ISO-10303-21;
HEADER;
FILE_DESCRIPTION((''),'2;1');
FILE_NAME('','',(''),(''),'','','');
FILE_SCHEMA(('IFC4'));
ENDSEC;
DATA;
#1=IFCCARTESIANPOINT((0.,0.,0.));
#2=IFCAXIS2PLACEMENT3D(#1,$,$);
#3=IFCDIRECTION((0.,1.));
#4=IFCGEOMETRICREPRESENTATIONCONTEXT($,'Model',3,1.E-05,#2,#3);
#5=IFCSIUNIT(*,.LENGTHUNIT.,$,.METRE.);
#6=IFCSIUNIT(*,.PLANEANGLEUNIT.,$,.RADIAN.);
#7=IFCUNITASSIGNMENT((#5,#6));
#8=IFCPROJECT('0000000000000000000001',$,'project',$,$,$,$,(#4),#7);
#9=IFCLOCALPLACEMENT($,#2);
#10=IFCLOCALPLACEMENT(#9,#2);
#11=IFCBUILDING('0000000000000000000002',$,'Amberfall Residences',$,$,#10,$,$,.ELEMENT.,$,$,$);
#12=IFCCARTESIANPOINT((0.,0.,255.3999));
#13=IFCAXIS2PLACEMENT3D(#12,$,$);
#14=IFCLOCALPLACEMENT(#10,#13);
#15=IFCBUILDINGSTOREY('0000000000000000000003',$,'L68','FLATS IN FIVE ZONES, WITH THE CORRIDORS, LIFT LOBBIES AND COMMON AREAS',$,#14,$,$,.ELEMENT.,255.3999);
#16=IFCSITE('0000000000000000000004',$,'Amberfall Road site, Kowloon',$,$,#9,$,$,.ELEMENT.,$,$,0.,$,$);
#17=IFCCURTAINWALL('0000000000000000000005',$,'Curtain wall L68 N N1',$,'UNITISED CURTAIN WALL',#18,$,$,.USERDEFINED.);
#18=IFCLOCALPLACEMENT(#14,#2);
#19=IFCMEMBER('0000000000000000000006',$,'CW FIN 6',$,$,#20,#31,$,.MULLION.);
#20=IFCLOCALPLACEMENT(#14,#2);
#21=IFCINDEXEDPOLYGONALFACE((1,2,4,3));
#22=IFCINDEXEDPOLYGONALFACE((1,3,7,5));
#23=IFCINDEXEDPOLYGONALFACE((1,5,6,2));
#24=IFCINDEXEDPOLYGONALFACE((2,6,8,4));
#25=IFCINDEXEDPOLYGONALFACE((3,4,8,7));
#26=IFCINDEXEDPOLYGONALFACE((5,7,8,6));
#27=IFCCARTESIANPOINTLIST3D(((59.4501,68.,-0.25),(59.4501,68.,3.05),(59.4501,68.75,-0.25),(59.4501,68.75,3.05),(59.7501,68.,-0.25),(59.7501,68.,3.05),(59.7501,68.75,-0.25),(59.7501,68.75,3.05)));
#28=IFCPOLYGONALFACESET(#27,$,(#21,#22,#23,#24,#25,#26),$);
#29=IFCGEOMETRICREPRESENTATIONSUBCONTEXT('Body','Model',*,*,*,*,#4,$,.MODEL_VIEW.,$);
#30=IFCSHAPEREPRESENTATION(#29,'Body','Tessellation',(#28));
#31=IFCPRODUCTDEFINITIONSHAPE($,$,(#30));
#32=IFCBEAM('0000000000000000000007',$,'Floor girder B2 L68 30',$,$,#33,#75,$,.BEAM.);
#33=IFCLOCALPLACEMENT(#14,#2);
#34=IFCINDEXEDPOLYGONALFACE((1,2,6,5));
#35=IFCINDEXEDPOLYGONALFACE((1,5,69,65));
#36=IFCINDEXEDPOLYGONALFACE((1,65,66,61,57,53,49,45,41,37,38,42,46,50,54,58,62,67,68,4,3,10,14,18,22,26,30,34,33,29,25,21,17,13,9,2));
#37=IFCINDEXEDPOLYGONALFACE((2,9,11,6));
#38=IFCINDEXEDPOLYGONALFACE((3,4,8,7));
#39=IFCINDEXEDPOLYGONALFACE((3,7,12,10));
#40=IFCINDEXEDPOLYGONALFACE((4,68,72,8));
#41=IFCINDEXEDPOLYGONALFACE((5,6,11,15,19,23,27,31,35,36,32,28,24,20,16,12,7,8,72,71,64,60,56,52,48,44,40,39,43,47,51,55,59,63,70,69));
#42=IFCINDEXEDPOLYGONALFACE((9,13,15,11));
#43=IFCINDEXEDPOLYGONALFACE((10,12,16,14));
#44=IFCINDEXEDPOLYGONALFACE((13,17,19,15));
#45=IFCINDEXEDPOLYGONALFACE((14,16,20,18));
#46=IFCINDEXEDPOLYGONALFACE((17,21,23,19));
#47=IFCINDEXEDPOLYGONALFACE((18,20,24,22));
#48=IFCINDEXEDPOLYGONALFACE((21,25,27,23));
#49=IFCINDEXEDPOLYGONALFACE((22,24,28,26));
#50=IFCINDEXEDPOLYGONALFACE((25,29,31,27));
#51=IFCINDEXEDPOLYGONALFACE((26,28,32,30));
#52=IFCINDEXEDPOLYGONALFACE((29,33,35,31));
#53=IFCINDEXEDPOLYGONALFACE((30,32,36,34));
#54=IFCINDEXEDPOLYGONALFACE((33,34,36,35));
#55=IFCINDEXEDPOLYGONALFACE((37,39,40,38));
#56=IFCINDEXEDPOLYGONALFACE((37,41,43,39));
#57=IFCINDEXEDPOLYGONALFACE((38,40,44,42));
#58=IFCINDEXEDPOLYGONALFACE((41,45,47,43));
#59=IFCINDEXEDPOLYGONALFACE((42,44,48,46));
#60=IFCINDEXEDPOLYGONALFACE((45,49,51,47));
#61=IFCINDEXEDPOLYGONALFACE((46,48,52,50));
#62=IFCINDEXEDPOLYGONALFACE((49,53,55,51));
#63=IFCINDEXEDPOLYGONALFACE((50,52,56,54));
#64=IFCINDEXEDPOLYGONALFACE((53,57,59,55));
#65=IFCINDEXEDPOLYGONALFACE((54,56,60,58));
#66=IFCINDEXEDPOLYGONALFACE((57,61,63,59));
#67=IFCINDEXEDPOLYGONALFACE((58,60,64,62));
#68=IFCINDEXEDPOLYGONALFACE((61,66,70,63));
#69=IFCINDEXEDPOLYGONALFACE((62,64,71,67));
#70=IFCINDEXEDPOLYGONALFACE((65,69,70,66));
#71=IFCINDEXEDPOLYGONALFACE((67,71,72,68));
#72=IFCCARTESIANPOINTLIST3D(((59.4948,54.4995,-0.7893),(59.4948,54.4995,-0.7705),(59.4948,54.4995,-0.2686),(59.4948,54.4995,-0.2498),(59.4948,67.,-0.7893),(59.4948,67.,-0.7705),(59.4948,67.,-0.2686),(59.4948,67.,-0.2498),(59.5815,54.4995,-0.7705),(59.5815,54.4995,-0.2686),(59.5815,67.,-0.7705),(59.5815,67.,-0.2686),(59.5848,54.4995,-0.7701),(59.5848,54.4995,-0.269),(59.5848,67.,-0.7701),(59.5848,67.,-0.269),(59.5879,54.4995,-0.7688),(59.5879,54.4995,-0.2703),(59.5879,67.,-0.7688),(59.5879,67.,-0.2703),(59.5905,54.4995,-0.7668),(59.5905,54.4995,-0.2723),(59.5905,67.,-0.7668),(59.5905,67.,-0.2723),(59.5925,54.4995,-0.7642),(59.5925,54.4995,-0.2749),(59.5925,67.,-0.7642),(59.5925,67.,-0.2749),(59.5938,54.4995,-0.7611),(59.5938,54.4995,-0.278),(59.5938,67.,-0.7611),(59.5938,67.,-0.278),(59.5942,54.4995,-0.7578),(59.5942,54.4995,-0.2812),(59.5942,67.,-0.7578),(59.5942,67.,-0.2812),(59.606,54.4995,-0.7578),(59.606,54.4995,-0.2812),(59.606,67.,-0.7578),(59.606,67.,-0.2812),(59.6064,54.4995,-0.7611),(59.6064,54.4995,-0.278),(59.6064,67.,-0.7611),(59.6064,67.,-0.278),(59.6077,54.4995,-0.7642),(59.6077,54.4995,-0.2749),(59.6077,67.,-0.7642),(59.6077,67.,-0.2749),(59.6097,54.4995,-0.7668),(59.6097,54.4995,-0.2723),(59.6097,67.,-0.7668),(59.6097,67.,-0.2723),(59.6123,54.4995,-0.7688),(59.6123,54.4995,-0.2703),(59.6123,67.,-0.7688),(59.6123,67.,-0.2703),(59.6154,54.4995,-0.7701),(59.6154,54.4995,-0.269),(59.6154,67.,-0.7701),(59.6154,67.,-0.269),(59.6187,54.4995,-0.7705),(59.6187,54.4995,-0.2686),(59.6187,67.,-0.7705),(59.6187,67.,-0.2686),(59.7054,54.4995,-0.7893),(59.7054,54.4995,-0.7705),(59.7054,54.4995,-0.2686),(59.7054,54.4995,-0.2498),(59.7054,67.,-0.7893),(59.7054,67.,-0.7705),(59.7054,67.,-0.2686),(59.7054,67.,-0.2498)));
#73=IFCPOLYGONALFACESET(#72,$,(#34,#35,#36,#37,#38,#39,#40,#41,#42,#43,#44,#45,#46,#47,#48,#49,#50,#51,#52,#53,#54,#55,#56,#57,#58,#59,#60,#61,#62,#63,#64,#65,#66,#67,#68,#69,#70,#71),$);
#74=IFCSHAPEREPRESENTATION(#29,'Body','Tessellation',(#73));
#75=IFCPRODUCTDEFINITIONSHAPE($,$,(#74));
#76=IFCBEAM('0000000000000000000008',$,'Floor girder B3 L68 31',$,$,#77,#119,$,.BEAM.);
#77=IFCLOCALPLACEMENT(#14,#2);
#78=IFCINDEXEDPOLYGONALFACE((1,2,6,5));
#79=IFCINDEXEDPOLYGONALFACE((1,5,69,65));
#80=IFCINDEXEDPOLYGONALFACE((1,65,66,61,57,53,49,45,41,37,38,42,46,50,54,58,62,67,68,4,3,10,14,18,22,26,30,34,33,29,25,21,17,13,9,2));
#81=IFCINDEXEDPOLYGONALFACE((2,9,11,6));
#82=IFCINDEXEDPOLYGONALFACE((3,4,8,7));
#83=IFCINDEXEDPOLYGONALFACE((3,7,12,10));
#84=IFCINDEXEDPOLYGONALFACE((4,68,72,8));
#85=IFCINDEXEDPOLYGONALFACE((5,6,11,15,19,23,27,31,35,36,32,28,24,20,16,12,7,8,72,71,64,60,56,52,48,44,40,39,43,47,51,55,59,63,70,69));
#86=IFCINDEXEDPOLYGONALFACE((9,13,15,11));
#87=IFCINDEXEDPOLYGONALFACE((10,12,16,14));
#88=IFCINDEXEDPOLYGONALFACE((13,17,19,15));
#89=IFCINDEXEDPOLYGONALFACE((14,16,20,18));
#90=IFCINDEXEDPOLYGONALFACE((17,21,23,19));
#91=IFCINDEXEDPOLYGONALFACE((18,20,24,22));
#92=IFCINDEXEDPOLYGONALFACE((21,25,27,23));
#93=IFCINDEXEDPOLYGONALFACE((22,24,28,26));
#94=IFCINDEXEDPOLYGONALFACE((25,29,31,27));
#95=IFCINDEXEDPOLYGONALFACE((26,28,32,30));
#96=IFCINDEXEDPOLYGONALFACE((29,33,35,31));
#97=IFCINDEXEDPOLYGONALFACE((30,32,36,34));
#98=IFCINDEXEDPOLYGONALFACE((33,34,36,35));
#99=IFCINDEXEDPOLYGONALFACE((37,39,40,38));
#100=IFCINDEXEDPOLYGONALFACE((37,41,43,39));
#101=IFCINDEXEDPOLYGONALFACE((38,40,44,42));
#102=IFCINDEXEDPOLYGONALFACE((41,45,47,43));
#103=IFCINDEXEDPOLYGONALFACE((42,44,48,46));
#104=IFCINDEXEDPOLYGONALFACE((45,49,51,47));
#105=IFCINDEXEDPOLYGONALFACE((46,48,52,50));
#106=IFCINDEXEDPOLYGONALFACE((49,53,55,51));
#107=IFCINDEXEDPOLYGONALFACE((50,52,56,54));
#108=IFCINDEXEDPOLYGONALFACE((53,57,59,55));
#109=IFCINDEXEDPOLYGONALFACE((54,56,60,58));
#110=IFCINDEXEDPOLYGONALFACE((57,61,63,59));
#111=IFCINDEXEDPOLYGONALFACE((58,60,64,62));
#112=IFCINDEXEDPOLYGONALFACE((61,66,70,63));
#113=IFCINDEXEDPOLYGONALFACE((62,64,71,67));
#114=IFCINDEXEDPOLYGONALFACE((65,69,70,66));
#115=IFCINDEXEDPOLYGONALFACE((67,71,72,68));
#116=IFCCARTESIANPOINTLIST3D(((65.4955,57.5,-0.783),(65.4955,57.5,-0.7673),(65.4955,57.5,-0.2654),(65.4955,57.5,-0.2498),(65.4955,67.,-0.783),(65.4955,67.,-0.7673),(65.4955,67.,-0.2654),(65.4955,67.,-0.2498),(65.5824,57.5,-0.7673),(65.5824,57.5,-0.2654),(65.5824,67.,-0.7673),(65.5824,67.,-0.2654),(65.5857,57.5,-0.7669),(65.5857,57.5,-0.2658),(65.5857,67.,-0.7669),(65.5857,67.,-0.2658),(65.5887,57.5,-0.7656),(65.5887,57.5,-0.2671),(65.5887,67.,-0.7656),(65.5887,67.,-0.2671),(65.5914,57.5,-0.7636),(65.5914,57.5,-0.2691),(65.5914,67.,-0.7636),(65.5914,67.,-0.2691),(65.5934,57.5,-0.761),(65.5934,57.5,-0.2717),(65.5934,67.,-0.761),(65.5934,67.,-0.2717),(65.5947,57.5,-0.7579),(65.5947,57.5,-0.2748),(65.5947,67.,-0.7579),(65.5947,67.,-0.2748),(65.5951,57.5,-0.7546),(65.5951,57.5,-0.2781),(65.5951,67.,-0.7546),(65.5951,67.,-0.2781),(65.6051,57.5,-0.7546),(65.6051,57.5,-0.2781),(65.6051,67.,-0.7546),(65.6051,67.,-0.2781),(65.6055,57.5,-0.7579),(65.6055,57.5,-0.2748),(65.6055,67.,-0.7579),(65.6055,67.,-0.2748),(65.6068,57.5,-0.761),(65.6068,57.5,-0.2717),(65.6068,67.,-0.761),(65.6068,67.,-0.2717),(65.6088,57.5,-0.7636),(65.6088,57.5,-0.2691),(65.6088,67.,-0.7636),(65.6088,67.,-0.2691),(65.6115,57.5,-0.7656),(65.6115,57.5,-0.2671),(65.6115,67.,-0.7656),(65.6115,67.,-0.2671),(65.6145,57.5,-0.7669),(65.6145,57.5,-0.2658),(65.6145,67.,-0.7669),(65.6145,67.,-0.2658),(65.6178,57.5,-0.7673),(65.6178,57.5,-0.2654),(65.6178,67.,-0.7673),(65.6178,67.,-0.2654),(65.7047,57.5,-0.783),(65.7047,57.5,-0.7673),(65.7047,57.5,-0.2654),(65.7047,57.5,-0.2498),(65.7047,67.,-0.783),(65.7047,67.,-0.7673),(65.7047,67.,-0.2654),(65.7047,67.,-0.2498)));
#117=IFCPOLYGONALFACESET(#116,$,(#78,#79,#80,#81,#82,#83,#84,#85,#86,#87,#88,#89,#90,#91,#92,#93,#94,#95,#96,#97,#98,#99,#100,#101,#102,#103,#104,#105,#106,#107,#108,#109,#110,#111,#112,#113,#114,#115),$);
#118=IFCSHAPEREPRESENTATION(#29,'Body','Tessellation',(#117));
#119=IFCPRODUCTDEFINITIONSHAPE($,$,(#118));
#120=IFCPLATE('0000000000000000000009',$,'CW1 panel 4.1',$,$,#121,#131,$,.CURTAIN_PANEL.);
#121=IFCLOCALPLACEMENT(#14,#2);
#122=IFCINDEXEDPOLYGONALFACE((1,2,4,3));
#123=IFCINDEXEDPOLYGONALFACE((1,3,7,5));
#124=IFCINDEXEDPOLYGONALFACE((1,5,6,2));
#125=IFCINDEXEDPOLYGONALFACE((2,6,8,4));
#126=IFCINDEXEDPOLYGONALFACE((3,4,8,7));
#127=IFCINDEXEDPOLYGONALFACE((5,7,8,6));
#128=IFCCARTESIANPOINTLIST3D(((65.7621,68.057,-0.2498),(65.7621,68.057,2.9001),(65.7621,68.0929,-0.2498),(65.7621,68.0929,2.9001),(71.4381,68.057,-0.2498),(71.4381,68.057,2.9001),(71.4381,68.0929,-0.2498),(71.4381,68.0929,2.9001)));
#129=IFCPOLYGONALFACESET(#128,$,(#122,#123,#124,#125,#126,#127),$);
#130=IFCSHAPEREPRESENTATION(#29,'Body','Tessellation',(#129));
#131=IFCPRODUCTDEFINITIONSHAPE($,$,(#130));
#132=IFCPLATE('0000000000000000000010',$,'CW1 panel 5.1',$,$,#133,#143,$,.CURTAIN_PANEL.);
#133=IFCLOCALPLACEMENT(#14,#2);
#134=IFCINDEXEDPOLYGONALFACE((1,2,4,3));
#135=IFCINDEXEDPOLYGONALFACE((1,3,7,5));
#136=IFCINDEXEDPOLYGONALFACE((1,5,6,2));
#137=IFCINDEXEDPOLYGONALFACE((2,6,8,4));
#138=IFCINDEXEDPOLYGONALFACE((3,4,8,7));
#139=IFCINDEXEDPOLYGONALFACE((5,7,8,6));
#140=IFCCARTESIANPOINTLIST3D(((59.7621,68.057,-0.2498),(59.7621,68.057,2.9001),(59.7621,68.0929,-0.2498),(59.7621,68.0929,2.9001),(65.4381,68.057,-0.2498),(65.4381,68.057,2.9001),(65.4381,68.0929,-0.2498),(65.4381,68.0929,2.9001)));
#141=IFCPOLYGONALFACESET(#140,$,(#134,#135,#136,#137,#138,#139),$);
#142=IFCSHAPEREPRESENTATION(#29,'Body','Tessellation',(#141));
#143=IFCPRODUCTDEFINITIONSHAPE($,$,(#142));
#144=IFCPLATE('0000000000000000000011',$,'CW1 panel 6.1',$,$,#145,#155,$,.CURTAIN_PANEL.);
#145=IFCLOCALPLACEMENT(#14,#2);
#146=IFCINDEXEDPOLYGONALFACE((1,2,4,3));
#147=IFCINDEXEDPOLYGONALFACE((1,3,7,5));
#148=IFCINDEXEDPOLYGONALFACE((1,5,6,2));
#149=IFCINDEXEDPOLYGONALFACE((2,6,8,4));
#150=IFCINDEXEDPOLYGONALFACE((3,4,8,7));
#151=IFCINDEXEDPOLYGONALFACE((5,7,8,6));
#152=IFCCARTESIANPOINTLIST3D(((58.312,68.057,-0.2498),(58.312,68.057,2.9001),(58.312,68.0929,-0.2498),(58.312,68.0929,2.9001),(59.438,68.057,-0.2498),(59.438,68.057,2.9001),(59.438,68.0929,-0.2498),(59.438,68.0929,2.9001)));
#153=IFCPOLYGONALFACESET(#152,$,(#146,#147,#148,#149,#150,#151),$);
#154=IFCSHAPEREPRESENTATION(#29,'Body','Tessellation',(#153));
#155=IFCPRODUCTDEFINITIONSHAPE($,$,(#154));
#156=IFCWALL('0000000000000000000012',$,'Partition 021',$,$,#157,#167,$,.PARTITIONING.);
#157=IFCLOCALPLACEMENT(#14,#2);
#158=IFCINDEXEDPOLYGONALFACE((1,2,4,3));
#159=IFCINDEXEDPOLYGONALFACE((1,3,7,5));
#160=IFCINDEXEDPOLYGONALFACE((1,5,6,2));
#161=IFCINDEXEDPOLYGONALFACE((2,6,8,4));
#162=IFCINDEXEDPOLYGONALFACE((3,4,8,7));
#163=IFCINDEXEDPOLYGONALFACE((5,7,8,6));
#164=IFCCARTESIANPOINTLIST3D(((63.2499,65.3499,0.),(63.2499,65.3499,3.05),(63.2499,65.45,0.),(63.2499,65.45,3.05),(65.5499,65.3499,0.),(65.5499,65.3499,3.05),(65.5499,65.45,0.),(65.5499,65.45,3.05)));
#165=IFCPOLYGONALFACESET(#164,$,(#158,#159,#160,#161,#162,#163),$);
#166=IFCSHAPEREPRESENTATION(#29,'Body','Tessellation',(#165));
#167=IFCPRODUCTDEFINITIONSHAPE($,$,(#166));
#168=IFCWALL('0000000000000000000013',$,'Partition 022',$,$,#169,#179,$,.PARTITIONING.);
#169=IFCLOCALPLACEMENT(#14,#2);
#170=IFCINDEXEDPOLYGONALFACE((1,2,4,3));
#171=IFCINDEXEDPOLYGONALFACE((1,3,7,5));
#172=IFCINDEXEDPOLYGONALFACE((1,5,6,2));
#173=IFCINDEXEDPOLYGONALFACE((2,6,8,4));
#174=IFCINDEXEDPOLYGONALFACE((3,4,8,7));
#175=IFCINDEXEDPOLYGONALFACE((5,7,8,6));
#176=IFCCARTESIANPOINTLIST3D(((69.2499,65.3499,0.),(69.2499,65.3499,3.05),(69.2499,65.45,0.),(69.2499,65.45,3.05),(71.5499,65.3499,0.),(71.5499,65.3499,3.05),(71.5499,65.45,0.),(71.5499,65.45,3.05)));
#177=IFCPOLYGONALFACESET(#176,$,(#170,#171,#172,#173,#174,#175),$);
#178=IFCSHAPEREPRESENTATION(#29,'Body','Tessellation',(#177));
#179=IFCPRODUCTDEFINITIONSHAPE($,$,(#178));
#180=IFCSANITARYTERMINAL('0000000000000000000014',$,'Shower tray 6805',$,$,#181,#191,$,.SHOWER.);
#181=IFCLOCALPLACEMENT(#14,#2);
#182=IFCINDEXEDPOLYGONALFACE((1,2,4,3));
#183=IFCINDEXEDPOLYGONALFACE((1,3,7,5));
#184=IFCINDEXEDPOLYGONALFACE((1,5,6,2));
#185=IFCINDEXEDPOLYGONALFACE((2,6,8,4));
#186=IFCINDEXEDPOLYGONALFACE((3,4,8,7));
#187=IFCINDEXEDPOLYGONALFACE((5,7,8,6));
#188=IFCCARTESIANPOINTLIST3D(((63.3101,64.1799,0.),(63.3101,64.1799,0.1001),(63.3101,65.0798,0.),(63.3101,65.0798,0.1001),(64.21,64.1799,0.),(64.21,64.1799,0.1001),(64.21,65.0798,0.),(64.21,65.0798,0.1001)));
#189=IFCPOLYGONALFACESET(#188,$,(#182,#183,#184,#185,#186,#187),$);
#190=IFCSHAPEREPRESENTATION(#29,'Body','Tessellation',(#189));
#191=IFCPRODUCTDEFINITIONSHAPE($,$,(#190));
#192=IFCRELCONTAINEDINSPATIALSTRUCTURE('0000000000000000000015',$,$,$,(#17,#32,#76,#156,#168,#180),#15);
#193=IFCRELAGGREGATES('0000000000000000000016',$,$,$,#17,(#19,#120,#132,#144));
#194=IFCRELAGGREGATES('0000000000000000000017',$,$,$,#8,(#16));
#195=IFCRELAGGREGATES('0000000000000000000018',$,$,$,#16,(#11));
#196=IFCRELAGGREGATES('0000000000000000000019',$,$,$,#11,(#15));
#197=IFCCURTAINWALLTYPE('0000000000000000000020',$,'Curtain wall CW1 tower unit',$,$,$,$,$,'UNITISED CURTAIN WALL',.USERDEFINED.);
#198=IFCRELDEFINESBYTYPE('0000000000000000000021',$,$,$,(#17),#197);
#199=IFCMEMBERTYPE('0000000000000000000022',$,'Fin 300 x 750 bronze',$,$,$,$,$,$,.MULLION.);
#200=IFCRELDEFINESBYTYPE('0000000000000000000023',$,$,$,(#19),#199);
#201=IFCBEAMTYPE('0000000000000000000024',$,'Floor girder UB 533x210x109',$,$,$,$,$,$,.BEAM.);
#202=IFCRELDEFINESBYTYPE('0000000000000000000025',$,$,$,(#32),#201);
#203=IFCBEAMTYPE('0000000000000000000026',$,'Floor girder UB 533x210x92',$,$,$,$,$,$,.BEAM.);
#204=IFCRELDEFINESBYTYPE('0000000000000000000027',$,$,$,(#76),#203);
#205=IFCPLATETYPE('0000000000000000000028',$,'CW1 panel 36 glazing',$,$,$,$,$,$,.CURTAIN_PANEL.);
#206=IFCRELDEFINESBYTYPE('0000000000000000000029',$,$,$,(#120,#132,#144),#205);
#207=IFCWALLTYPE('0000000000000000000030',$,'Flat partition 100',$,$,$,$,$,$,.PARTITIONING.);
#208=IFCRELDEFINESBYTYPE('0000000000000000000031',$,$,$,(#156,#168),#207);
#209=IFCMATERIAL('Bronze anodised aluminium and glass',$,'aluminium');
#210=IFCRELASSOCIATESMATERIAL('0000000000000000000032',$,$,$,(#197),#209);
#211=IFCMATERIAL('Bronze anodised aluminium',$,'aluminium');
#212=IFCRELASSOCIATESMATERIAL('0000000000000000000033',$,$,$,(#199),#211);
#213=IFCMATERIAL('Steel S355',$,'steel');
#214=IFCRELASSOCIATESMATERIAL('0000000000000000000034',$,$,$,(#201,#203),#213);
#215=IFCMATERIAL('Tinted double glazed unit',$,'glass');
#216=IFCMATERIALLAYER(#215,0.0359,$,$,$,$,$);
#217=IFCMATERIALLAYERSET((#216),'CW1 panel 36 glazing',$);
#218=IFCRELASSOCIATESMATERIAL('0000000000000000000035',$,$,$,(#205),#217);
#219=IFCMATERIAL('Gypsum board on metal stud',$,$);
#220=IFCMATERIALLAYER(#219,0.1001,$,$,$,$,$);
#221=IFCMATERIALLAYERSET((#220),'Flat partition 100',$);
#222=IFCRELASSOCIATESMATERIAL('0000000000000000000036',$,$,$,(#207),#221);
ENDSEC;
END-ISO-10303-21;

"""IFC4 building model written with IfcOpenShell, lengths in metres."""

from ifc_helpers import new_model, si_unit, direction, frame, frame_2d, origin, origin_2d, place, context, subcontext, project, spatial, rectangle, i_section, extrude, material, layer, layer_set, material_profile, profile_set, type_object, element, aggregate, save


model = new_model("IFC4")

# Units and contexts
model_context = context("Model", 3, precision=1e-05, world=origin(), true_north=direction((0.0, 1.0)))
body_context = subcontext(model_context, "Body", "Model", "MODEL_VIEW")
ifc_project = project(units=[si_unit("LENGTHUNIT", "METRE"), si_unit("PLANEANGLEUNIT", "RADIAN")], contexts=[model_context])

# Site, building, storey
site_placement = place(None, origin())
site = spatial("IfcSite", under=ifc_project, at=site_placement, Name="Amberfall Road site, Kowloon", CompositionType="ELEMENT", RefElevation=0.0)
building_placement = place(site_placement, origin())
building = spatial("IfcBuilding", under=site, at=building_placement, Name="Amberfall Residences", CompositionType="ELEMENT")
storey_placement = place(building_placement, frame((0.0, 0.0, 255.3999)))
storey = spatial("IfcBuildingStorey", under=building, at=storey_placement, Name="L68", Description="FLATS IN FIVE ZONES, WITH THE CORRIDORS, LIFT LOBBIES AND COMMON AREAS", CompositionType="ELEMENT", Elevation=255.3999)

# Curtain wall
ifc_material_1 = material(Name="Bronze anodised aluminium and glass", Category="aluminium")
curtain_wall_type = type_object("IfcCurtainWallType", Name="Curtain wall CW1 tower unit", ElementType="UNITISED CURTAIN WALL", PredefinedType="USERDEFINED", material=ifc_material_1)
curtain_wall_placement = place(storey_placement, origin())
curtain_wall = element("IfcCurtainWall", 1, at=curtain_wall_placement, inside=storey, type_object=curtain_wall_type, Name="Curtain wall L68 N N1", ObjectType="UNITISED CURTAIN WALL", PredefinedType="USERDEFINED")
ifc_material_2 = material(Name="Bronze anodised aluminium", Category="aluminium")

# Shared definitions
ifc_material_3 = material(Name="Steel S355", Category="steel")

# Member
ifc_material_profile_1 = material_profile(ifc_material_2, rectangle(XDim=0.75, YDim=0.3, at=origin_2d()), Name="Fin 300 x 750 bronze")
ifc_profile_set_1 = profile_set([ifc_material_profile_1], Name="Bronze anodised aluminium")
member_type_1 = type_object("IfcMemberType", Name="Fin 300 x 750 bronze", PredefinedType="MULLION", material=ifc_profile_set_1)
member_1_placement = place(storey_placement, frame((59.6001, 68.375, -0.25), z_axis=(0.0, 0.0, 1.0), x_axis=(0.0, -1.0, 0.0)))
member_1 = element("IfcMember", 2, at=member_1_placement, type_object=member_type_1, Name="CW FIN 6", PredefinedType="MULLION", context=body_context, shape_type="SweptSolid", body=[
    extrude(rectangle(XDim=0.75, YDim=0.3, at=origin_2d()), origin(), (0.0, 0.0, 1.0), 3.3),
])

# Beams
ifc_material_profile_2 = material_profile(ifc_material_3, i_section(OverallWidth=0.2107, OverallDepth=0.5396, WebThickness=0.0117, FlangeThickness=0.0188, FilletRadius=0.0127, at=origin_2d()), Name="UB 533x210x109")
ifc_profile_set_2 = profile_set([ifc_material_profile_2], Name="Steel S355")
beam_type_1 = type_object("IfcBeamType", Name="Floor girder UB 533x210x109", PredefinedType="BEAM", material=ifc_profile_set_2)
beam_1_placement = place(storey_placement, frame((59.6001, 67.0, -0.5195), z_axis=(0.0, -1.0, 0.0), x_axis=(1.0, 0.0, 0.0)))
element("IfcBeam", 3, at=beam_1_placement, inside=storey, type_object=beam_type_1, Name="Floor girder B2 L68 30", PredefinedType="BEAM", context=body_context, shape_type="SweptSolid", body=[
    extrude(i_section(OverallWidth=0.2107, OverallDepth=0.5396, WebThickness=0.0117, FlangeThickness=0.0188, FilletRadius=0.0127, at=origin_2d()), origin(), (0.0, 0.0, 1.0), 12.5005),
])
ifc_material_profile_3 = material_profile(ifc_material_3, i_section(OverallWidth=0.2092, OverallDepth=0.5332, WebThickness=0.01, FlangeThickness=0.0156, FilletRadius=0.0127, at=origin_2d()), Name="UB 533x210x92")
ifc_profile_set_3 = profile_set([ifc_material_profile_3], Name="Steel S355")
beam_type_2 = type_object("IfcBeamType", Name="Floor girder UB 533x210x92", PredefinedType="BEAM", material=ifc_profile_set_3)
beam_2_placement = place(storey_placement, frame((65.6001, 67.0, -0.5164), z_axis=(0.0, -1.0, 0.0), x_axis=(1.0, 0.0, 0.0)))
element("IfcBeam", 4, at=beam_2_placement, inside=storey, type_object=beam_type_2, Name="Floor girder B3 L68 31", PredefinedType="BEAM", context=body_context, shape_type="SweptSolid", body=[
    extrude(i_section(OverallWidth=0.2092, OverallDepth=0.5332, WebThickness=0.01, FlangeThickness=0.0156, FilletRadius=0.0127, at=origin_2d()), origin(), (0.0, 0.0, 1.0), 9.5),
])

# Plates
ifc_material_4 = material(Name="Tinted double glazed unit", Category="glass")
ifc_layer_1 = layer(ifc_material_4, 0.0359)
ifc_layer_set_1 = layer_set([ifc_layer_1], Name="CW1 panel 36 glazing")
plate_type = type_object("IfcPlateType", Name="CW1 panel 36 glazing", PredefinedType="CURTAIN_PANEL", material=ifc_layer_set_1)
plate_1_placement = place(storey_placement, frame((68.6001, 68.075, -0.2498), z_axis=(0.0, 0.0, 1.0), x_axis=(-1.0, 0.0, 0.0)))
plate_1 = element("IfcPlate", 5, at=plate_1_placement, type_object=plate_type, Name="CW1 panel 4.1", PredefinedType="CURTAIN_PANEL", context=body_context, shape_type="SweptSolid", body=[
    extrude(rectangle(XDim=5.676, YDim=0.0359, at=origin_2d()), origin(), (0.0, 0.0, 1.0), 3.1499),
])
plate_2_placement = place(storey_placement, frame((62.6001, 68.075, -0.2498), z_axis=(0.0, 0.0, 1.0), x_axis=(-1.0, 0.0, 0.0)))
plate_2 = element("IfcPlate", 6, at=plate_2_placement, type_object=plate_type, Name="CW1 panel 5.1", PredefinedType="CURTAIN_PANEL", context=body_context, shape_type="SweptSolid", body=[
    extrude(rectangle(XDim=5.676, YDim=0.0359, at=origin_2d()), origin(), (0.0, 0.0, 1.0), 3.1499),
])
plate_3_placement = place(storey_placement, frame((58.875, 68.075, -0.2498), z_axis=(0.0, 0.0, 1.0), x_axis=(-1.0, 0.0, 0.0)))
plate_3 = element("IfcPlate", 7, at=plate_3_placement, type_object=plate_type, Name="CW1 panel 6.1", PredefinedType="CURTAIN_PANEL", context=body_context, shape_type="SweptSolid", body=[
    extrude(rectangle(XDim=1.126, YDim=0.0359, at=origin_2d()), origin(), (0.0, 0.0, 1.0), 3.1499),
])
aggregate(curtain_wall, [member_1, plate_1, plate_2, plate_3])

# Walls
ifc_material_5 = material(Name="Gypsum board on metal stud")
ifc_layer_2 = layer(ifc_material_5, 0.1001)
ifc_layer_set_2 = layer_set([ifc_layer_2], Name="Flat partition 100")
wall_type = type_object("IfcWallType", Name="Flat partition 100", PredefinedType="PARTITIONING", material=ifc_layer_set_2)
for number, where, z_axis, x_axis, name in (
    (8, (63.25, 65.3999, 0.0), (0.0, 0.0, 1.0), (1.0, 0.0, 0.0), "Partition 021"),
    (9, (69.25, 65.3999, 0.0), (0.0, 0.0, 1.0), (1.0, 0.0, 0.0), "Partition 022"),
):
    element("IfcWall", number, at=place(storey_placement, frame(where, z_axis=z_axis, x_axis=x_axis)), inside=storey, type_object=wall_type, Name=name, PredefinedType="PARTITIONING", context=body_context, shape_type="SweptSolid", body=[
        extrude(rectangle(XDim=2.3, YDim=0.1001, at=frame_2d((1.1499, 0.0))), origin(), (0.0, 0.0, 1.0), 3.05),
    ])

# Sanitary terminal
for number, where, z_axis, x_axis, name in (
    (10, (63.76, 64.6299, 0.0), (0.0, 0.0, 1.0), (1.0, 0.0, 0.0), "Shower tray 6805"),
):
    element("IfcSanitaryTerminal", number, at=place(storey_placement, frame(where, z_axis=z_axis, x_axis=x_axis)), inside=storey, Name=name, PredefinedType="SHOWER", context=body_context, shape_type="SweptSolid", body=[
        extrude(rectangle(XDim=0.8999, YDim=0.8999, at=origin_2d()), origin(), (0.0, 0.0, 1.0), 0.1001),
    ])

save(model, "model.ifc")
